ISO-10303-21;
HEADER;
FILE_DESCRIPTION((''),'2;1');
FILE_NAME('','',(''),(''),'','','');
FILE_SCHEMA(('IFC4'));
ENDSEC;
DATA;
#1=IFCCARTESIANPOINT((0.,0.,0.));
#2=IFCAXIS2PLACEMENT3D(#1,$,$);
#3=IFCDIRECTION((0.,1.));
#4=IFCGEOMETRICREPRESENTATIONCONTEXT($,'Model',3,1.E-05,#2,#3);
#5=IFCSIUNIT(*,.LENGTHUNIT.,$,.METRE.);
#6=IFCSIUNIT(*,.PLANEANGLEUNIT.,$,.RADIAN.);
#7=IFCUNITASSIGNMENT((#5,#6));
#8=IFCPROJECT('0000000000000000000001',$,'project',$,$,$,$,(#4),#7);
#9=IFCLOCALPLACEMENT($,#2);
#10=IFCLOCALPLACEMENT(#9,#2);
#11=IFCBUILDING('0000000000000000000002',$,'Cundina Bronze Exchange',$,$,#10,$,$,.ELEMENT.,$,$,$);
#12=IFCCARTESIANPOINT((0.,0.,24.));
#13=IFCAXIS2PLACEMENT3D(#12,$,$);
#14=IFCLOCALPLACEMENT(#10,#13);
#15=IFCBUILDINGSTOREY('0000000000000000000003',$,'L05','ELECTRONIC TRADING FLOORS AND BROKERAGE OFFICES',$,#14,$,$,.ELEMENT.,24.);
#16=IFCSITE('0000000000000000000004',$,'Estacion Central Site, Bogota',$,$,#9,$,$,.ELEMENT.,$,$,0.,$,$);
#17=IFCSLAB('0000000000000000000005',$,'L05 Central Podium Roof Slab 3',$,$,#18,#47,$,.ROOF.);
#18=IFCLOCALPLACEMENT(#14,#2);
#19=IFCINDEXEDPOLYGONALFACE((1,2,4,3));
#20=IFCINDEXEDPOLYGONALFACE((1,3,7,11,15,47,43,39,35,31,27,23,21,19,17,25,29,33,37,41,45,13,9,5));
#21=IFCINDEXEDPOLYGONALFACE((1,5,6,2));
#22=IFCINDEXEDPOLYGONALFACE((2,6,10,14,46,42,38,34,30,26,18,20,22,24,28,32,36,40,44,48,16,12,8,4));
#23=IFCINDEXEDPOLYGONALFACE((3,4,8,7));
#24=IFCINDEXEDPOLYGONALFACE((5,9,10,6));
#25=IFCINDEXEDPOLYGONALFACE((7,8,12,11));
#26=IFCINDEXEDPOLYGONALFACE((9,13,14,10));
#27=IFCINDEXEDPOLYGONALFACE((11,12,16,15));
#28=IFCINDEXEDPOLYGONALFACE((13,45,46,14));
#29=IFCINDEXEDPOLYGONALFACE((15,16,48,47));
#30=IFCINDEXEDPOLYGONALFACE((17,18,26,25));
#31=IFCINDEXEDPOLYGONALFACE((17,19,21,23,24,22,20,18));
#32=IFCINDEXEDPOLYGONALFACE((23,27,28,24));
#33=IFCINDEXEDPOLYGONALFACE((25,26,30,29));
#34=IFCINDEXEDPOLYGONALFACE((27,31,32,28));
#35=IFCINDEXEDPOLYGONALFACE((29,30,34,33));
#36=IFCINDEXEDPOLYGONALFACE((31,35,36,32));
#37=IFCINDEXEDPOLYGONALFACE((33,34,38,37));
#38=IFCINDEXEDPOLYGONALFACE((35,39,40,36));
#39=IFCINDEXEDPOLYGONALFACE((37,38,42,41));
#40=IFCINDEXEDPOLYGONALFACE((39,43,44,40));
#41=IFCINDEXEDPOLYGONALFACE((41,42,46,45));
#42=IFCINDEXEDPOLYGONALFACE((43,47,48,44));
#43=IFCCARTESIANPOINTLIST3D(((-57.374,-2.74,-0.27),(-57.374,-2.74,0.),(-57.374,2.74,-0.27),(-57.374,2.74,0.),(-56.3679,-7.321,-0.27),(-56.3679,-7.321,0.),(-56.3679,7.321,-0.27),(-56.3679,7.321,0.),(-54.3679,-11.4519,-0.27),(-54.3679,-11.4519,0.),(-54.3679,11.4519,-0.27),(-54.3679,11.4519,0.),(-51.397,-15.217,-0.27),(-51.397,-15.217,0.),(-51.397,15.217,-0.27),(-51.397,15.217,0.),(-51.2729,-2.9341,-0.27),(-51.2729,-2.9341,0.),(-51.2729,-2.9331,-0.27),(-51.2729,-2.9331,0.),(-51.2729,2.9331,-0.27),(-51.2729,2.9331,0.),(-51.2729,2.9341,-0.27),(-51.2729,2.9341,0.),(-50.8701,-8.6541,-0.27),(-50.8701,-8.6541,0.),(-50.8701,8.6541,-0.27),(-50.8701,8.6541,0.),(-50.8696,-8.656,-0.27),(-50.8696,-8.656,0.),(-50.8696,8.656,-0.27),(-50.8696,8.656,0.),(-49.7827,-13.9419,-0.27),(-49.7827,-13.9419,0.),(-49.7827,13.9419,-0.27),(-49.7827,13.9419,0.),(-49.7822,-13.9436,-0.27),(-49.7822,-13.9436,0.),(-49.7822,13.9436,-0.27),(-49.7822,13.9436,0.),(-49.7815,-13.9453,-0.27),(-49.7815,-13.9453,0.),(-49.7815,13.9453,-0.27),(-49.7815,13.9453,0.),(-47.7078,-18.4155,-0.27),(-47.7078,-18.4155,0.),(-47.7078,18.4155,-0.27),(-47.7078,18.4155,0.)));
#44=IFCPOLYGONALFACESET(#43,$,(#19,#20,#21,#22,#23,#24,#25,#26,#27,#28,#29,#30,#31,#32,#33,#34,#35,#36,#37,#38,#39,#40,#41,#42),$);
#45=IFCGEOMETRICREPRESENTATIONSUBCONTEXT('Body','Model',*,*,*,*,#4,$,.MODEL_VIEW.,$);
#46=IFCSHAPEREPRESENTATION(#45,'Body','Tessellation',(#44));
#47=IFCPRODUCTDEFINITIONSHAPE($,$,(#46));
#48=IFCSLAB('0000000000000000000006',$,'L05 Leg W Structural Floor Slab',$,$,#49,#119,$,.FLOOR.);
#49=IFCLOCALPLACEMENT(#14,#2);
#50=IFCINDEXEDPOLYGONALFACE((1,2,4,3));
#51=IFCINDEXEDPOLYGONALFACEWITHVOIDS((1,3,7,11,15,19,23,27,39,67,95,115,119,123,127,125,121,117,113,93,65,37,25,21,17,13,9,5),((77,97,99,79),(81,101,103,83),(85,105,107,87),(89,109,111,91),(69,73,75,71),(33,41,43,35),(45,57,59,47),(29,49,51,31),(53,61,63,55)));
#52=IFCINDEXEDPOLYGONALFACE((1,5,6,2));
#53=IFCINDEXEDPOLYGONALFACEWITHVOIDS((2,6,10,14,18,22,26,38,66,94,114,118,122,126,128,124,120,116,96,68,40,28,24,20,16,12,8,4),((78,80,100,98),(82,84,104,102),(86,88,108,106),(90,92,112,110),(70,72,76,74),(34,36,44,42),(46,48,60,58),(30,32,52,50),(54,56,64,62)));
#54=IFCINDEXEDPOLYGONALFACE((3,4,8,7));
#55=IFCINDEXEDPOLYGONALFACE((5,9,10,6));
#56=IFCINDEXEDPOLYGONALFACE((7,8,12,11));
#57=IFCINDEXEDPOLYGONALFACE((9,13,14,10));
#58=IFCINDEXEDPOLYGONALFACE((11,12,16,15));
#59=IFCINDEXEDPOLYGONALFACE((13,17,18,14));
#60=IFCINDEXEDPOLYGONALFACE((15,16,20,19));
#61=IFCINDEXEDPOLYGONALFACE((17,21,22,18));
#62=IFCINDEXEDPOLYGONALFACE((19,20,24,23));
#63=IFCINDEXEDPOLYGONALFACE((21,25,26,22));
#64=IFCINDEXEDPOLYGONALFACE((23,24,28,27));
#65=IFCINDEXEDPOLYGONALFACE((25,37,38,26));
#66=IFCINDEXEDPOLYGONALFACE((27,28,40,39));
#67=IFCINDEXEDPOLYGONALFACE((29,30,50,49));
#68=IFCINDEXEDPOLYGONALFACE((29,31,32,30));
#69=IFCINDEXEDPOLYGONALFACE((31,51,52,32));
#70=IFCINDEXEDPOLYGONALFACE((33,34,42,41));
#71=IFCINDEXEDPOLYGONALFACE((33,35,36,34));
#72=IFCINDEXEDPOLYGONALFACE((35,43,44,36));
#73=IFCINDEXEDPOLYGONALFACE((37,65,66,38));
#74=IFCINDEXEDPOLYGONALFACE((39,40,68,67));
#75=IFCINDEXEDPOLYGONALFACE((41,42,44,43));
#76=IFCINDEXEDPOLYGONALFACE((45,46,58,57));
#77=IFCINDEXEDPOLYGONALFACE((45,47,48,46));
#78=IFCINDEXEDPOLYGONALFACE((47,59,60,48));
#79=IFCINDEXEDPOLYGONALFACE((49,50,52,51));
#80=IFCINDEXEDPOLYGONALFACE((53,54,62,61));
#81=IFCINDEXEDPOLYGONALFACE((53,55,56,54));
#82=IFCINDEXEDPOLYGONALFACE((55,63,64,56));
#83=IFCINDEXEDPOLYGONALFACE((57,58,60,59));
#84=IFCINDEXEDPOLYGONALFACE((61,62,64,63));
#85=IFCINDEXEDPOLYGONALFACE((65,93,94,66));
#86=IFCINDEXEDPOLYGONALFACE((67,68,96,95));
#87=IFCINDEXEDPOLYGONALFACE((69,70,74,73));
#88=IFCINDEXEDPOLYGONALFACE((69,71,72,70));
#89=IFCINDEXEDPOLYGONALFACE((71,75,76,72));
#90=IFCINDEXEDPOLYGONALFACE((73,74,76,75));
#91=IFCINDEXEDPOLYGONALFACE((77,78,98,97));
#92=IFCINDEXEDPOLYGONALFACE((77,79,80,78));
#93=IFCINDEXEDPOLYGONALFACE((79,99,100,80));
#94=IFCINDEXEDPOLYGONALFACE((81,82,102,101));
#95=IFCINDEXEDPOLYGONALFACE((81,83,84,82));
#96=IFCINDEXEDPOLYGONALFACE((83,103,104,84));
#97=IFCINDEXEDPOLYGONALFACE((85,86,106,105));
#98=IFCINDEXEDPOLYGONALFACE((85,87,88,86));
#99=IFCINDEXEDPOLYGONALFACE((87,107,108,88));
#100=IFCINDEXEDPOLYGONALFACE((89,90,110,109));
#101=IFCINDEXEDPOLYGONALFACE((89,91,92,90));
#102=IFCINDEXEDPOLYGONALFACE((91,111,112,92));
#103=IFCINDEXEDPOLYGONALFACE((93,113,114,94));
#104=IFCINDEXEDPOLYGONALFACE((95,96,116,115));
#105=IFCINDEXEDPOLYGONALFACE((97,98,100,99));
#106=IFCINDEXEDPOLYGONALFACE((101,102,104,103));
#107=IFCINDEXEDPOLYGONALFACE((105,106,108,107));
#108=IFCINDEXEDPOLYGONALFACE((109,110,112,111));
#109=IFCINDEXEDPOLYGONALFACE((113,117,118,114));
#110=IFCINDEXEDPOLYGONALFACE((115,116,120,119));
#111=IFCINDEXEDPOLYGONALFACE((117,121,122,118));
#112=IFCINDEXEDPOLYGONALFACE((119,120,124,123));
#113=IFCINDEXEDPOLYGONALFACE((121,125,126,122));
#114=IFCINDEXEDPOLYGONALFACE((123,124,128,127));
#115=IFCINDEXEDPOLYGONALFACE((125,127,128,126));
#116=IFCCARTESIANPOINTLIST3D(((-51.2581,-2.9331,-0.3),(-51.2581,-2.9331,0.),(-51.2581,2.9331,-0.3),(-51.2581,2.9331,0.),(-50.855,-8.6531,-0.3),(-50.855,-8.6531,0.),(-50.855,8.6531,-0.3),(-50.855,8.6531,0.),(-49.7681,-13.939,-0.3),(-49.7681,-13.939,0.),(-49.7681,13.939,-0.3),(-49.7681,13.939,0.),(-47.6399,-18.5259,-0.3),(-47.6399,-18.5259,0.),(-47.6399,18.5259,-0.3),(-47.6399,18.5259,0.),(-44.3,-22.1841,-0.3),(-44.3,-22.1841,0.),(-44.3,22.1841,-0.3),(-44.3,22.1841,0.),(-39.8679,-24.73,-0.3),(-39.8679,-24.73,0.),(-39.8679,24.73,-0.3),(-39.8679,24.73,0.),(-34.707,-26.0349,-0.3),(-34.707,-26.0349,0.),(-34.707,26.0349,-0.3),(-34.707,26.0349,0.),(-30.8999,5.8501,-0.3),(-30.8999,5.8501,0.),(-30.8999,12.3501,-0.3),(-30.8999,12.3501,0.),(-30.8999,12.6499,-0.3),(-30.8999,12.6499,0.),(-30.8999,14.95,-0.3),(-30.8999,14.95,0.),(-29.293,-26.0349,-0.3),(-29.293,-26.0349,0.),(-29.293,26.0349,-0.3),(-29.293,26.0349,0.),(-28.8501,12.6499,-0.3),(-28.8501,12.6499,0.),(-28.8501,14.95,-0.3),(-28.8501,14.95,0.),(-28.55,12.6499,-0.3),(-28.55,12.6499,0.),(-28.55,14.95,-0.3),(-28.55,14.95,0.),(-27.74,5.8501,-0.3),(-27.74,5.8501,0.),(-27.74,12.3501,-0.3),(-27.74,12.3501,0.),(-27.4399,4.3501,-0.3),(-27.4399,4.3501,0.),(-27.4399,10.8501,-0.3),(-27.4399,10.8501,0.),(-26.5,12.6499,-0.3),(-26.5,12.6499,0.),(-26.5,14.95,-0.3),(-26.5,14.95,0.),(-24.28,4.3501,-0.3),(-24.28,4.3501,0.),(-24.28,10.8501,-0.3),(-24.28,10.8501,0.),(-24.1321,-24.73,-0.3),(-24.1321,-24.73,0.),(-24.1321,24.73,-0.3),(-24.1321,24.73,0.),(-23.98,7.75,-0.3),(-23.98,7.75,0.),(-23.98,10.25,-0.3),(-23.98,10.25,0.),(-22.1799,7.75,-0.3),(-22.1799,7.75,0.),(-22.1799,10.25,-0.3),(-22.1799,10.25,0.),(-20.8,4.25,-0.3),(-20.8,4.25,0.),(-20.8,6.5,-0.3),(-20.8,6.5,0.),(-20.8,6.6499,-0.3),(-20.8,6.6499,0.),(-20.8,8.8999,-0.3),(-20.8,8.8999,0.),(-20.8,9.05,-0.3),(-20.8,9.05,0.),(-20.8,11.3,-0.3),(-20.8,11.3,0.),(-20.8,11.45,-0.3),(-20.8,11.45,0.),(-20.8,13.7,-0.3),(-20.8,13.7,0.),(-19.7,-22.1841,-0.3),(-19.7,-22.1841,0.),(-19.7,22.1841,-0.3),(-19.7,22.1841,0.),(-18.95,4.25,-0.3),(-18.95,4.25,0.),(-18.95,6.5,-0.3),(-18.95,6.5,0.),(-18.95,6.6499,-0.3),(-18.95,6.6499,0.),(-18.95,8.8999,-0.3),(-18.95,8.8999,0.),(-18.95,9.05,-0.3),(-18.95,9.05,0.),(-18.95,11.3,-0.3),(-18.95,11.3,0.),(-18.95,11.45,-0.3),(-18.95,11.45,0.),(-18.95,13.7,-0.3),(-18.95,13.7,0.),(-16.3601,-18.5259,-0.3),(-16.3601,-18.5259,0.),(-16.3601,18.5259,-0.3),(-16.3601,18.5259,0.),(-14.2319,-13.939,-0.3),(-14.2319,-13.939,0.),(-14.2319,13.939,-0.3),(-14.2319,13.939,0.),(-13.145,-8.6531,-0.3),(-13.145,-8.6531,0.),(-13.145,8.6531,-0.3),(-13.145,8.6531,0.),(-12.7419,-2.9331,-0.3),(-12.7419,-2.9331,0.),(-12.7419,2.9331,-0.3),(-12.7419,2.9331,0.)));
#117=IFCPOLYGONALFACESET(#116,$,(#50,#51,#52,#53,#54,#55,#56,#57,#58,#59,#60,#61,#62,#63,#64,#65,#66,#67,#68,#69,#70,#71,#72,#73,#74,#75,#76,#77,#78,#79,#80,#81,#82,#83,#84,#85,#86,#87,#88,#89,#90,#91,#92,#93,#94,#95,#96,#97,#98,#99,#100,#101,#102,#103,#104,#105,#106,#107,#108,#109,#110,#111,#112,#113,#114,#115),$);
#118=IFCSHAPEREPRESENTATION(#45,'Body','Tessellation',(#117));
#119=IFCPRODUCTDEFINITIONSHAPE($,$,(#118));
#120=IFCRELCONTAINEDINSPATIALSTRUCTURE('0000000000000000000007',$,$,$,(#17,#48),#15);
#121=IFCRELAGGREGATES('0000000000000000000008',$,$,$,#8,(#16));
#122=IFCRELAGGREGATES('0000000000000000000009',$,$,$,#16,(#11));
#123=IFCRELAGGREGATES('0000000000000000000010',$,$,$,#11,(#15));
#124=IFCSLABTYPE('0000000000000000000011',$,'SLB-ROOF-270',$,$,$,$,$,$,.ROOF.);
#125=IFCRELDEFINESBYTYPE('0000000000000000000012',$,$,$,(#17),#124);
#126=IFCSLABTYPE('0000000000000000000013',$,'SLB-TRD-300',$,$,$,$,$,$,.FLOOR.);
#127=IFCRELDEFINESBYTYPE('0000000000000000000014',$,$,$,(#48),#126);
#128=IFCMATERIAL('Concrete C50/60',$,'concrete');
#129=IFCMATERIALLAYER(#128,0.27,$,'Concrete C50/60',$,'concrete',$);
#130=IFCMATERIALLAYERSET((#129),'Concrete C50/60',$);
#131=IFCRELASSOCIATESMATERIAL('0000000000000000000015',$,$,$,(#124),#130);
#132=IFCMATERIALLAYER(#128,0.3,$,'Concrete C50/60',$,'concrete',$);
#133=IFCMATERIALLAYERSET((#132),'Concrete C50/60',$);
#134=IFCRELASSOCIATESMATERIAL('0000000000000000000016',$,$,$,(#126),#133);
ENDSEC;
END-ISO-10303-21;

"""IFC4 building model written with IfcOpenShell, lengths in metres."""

from ifc_helpers import new_model, si_unit, direction, frame, origin, place, context, subcontext, project, spatial, polyline, outline, extrude, material, layer, layer_set, type_object, element, save


model = new_model("IFC4")

# Units and contexts
model_context = context("Model", 3, precision=1e-05, world=origin(), true_north=direction((0.0, 1.0)))
body_context = subcontext(model_context, "Body", "Model", "MODEL_VIEW")
ifc_project = project(units=[si_unit("LENGTHUNIT", "METRE"), si_unit("PLANEANGLEUNIT", "RADIAN")], contexts=[model_context])

# Site, building, storey
site_placement = place(None, origin())
site = spatial("IfcSite", under=ifc_project, at=site_placement, Name="Estacion Central Site, Bogota", CompositionType="ELEMENT", RefElevation=0.0)
building_placement = place(site_placement, origin())
building = spatial("IfcBuilding", under=site, at=building_placement, Name="Cundina Bronze Exchange", CompositionType="ELEMENT")
storey_placement = place(building_placement, frame((0.0, 0.0, 24.0)))
storey = spatial("IfcBuildingStorey", under=building, at=storey_placement, Name="L05", Description="ELECTRONIC TRADING FLOORS AND BROKERAGE OFFICES", CompositionType="ELEMENT", Elevation=24.0)

# Slabs
ifc_material_1 = material(Name="Concrete C50/60", Category="concrete")
ifc_layer_1 = layer(ifc_material_1, 0.27, Name="Concrete C50/60", Category="concrete")
ifc_layer_set_1 = layer_set([ifc_layer_1], Name="Concrete C50/60")
slab_type_1 = type_object("IfcSlabType", Name="SLB-ROOF-270", PredefinedType="ROOF", material=ifc_layer_set_1)
slab_1_placement = place(storey_placement, frame((0.0, 0.0, -0.27)))
element("IfcSlab", 1, at=slab_1_placement, inside=storey, type_object=slab_type_1, Name="L05 Central Podium Roof Slab 3", PredefinedType="ROOF", context=body_context, shape_type="SweptSolid", body=[
    extrude(outline(polyline([(-51.397, -15.217), (-54.3679, -11.4519), (-56.3679, -7.321), (-57.374, -2.74), (-57.374, 2.74), (-56.3679, 7.321), (-54.3679, 11.4519), (-51.397, 15.217), (-47.7078, 18.4155), (-49.7815, 13.9453), (-49.7822, 13.9436), (-49.7827, 13.9419), (-50.8696, 8.656), (-50.8701, 8.6541), (-51.2729, 2.9341), (-51.2729, 2.9331), (-51.2729, -2.9331), (-51.2729, -2.9341), (-50.8701, -8.6541), (-50.8696, -8.656), (-49.7827, -13.9419), (-49.7822, -13.9436), (-49.7815, -13.9453), (-47.7078, -18.4155), (-51.397, -15.217)])), origin(), (0.0, 0.0, 1.0), 0.27),
])
ifc_layer_2 = layer(ifc_material_1, 0.3, Name="Concrete C50/60", Category="concrete")
ifc_layer_set_2 = layer_set([ifc_layer_2], Name="Concrete C50/60")
slab_type_2 = type_object("IfcSlabType", Name="SLB-TRD-300", PredefinedType="FLOOR", material=ifc_layer_set_2)
slab_2_placement = place(storey_placement, frame((0.0, 0.0, -0.3)))
element("IfcSlab", 2, at=slab_2_placement, inside=storey, type_object=slab_type_2, Name="L05 Leg W Structural Floor Slab", PredefinedType="FLOOR", context=body_context, shape_type="SweptSolid", body=[
    extrude(outline(polyline([(-12.7419, 2.9331), (-13.145, 8.6531), (-14.2319, 13.939), (-16.3601, 18.5259), (-19.7, 22.1841), (-24.1321, 24.73), (-29.293, 26.0349), (-34.707, 26.0349), (-39.8679, 24.73), (-44.3, 22.1841), (-47.6399, 18.5259), (-49.7681, 13.939), (-50.855, 8.6531), (-51.2581, 2.9331), (-51.2581, -2.9331), (-50.855, -8.6531), (-49.7681, -13.939), (-47.6399, -18.5259), (-44.3, -22.1841), (-39.8679, -24.73), (-34.707, -26.0349), (-29.293, -26.0349), (-24.1321, -24.73), (-19.7, -22.1841), (-16.3601, -18.5259), (-14.2319, -13.939), (-13.145, -8.6531), (-12.7419, -2.9331), (-12.7419, 2.9331)]), holes=[polyline([(-27.74, 5.8501), (-27.74, 12.3501), (-30.8999, 12.3501), (-30.8999, 5.8501), (-27.74, 5.8501)]), polyline([(-27.4399, 10.8501), (-27.4399, 4.3501), (-24.28, 4.3501), (-24.28, 10.8501), (-27.4399, 10.8501)]), polyline([(-23.98, 10.25), (-22.1799, 10.25), (-22.1799, 7.75), (-23.98, 7.75), (-23.98, 10.25)]), polyline([(-30.8999, 14.95), (-28.8501, 14.95), (-28.8501, 12.6499), (-30.8999, 12.6499), (-30.8999, 14.95)]), polyline([(-28.55, 14.95), (-26.5, 14.95), (-26.5, 12.6499), (-28.55, 12.6499), (-28.55, 14.95)]), polyline([(-20.8, 13.7), (-18.95, 13.7), (-18.95, 11.45), (-20.8, 11.45), (-20.8, 13.7)]), polyline([(-20.8, 11.3), (-18.95, 11.3), (-18.95, 9.05), (-20.8, 9.05), (-20.8, 11.3)]), polyline([(-20.8, 8.8999), (-18.95, 8.8999), (-18.95, 6.6499), (-20.8, 6.6499), (-20.8, 8.8999)]), polyline([(-20.8, 6.5), (-18.95, 6.5), (-18.95, 4.25), (-20.8, 4.25), (-20.8, 6.5)])]), origin(), (0.0, 0.0, 1.0), 0.3),
])

save(model, "model.ifc")
